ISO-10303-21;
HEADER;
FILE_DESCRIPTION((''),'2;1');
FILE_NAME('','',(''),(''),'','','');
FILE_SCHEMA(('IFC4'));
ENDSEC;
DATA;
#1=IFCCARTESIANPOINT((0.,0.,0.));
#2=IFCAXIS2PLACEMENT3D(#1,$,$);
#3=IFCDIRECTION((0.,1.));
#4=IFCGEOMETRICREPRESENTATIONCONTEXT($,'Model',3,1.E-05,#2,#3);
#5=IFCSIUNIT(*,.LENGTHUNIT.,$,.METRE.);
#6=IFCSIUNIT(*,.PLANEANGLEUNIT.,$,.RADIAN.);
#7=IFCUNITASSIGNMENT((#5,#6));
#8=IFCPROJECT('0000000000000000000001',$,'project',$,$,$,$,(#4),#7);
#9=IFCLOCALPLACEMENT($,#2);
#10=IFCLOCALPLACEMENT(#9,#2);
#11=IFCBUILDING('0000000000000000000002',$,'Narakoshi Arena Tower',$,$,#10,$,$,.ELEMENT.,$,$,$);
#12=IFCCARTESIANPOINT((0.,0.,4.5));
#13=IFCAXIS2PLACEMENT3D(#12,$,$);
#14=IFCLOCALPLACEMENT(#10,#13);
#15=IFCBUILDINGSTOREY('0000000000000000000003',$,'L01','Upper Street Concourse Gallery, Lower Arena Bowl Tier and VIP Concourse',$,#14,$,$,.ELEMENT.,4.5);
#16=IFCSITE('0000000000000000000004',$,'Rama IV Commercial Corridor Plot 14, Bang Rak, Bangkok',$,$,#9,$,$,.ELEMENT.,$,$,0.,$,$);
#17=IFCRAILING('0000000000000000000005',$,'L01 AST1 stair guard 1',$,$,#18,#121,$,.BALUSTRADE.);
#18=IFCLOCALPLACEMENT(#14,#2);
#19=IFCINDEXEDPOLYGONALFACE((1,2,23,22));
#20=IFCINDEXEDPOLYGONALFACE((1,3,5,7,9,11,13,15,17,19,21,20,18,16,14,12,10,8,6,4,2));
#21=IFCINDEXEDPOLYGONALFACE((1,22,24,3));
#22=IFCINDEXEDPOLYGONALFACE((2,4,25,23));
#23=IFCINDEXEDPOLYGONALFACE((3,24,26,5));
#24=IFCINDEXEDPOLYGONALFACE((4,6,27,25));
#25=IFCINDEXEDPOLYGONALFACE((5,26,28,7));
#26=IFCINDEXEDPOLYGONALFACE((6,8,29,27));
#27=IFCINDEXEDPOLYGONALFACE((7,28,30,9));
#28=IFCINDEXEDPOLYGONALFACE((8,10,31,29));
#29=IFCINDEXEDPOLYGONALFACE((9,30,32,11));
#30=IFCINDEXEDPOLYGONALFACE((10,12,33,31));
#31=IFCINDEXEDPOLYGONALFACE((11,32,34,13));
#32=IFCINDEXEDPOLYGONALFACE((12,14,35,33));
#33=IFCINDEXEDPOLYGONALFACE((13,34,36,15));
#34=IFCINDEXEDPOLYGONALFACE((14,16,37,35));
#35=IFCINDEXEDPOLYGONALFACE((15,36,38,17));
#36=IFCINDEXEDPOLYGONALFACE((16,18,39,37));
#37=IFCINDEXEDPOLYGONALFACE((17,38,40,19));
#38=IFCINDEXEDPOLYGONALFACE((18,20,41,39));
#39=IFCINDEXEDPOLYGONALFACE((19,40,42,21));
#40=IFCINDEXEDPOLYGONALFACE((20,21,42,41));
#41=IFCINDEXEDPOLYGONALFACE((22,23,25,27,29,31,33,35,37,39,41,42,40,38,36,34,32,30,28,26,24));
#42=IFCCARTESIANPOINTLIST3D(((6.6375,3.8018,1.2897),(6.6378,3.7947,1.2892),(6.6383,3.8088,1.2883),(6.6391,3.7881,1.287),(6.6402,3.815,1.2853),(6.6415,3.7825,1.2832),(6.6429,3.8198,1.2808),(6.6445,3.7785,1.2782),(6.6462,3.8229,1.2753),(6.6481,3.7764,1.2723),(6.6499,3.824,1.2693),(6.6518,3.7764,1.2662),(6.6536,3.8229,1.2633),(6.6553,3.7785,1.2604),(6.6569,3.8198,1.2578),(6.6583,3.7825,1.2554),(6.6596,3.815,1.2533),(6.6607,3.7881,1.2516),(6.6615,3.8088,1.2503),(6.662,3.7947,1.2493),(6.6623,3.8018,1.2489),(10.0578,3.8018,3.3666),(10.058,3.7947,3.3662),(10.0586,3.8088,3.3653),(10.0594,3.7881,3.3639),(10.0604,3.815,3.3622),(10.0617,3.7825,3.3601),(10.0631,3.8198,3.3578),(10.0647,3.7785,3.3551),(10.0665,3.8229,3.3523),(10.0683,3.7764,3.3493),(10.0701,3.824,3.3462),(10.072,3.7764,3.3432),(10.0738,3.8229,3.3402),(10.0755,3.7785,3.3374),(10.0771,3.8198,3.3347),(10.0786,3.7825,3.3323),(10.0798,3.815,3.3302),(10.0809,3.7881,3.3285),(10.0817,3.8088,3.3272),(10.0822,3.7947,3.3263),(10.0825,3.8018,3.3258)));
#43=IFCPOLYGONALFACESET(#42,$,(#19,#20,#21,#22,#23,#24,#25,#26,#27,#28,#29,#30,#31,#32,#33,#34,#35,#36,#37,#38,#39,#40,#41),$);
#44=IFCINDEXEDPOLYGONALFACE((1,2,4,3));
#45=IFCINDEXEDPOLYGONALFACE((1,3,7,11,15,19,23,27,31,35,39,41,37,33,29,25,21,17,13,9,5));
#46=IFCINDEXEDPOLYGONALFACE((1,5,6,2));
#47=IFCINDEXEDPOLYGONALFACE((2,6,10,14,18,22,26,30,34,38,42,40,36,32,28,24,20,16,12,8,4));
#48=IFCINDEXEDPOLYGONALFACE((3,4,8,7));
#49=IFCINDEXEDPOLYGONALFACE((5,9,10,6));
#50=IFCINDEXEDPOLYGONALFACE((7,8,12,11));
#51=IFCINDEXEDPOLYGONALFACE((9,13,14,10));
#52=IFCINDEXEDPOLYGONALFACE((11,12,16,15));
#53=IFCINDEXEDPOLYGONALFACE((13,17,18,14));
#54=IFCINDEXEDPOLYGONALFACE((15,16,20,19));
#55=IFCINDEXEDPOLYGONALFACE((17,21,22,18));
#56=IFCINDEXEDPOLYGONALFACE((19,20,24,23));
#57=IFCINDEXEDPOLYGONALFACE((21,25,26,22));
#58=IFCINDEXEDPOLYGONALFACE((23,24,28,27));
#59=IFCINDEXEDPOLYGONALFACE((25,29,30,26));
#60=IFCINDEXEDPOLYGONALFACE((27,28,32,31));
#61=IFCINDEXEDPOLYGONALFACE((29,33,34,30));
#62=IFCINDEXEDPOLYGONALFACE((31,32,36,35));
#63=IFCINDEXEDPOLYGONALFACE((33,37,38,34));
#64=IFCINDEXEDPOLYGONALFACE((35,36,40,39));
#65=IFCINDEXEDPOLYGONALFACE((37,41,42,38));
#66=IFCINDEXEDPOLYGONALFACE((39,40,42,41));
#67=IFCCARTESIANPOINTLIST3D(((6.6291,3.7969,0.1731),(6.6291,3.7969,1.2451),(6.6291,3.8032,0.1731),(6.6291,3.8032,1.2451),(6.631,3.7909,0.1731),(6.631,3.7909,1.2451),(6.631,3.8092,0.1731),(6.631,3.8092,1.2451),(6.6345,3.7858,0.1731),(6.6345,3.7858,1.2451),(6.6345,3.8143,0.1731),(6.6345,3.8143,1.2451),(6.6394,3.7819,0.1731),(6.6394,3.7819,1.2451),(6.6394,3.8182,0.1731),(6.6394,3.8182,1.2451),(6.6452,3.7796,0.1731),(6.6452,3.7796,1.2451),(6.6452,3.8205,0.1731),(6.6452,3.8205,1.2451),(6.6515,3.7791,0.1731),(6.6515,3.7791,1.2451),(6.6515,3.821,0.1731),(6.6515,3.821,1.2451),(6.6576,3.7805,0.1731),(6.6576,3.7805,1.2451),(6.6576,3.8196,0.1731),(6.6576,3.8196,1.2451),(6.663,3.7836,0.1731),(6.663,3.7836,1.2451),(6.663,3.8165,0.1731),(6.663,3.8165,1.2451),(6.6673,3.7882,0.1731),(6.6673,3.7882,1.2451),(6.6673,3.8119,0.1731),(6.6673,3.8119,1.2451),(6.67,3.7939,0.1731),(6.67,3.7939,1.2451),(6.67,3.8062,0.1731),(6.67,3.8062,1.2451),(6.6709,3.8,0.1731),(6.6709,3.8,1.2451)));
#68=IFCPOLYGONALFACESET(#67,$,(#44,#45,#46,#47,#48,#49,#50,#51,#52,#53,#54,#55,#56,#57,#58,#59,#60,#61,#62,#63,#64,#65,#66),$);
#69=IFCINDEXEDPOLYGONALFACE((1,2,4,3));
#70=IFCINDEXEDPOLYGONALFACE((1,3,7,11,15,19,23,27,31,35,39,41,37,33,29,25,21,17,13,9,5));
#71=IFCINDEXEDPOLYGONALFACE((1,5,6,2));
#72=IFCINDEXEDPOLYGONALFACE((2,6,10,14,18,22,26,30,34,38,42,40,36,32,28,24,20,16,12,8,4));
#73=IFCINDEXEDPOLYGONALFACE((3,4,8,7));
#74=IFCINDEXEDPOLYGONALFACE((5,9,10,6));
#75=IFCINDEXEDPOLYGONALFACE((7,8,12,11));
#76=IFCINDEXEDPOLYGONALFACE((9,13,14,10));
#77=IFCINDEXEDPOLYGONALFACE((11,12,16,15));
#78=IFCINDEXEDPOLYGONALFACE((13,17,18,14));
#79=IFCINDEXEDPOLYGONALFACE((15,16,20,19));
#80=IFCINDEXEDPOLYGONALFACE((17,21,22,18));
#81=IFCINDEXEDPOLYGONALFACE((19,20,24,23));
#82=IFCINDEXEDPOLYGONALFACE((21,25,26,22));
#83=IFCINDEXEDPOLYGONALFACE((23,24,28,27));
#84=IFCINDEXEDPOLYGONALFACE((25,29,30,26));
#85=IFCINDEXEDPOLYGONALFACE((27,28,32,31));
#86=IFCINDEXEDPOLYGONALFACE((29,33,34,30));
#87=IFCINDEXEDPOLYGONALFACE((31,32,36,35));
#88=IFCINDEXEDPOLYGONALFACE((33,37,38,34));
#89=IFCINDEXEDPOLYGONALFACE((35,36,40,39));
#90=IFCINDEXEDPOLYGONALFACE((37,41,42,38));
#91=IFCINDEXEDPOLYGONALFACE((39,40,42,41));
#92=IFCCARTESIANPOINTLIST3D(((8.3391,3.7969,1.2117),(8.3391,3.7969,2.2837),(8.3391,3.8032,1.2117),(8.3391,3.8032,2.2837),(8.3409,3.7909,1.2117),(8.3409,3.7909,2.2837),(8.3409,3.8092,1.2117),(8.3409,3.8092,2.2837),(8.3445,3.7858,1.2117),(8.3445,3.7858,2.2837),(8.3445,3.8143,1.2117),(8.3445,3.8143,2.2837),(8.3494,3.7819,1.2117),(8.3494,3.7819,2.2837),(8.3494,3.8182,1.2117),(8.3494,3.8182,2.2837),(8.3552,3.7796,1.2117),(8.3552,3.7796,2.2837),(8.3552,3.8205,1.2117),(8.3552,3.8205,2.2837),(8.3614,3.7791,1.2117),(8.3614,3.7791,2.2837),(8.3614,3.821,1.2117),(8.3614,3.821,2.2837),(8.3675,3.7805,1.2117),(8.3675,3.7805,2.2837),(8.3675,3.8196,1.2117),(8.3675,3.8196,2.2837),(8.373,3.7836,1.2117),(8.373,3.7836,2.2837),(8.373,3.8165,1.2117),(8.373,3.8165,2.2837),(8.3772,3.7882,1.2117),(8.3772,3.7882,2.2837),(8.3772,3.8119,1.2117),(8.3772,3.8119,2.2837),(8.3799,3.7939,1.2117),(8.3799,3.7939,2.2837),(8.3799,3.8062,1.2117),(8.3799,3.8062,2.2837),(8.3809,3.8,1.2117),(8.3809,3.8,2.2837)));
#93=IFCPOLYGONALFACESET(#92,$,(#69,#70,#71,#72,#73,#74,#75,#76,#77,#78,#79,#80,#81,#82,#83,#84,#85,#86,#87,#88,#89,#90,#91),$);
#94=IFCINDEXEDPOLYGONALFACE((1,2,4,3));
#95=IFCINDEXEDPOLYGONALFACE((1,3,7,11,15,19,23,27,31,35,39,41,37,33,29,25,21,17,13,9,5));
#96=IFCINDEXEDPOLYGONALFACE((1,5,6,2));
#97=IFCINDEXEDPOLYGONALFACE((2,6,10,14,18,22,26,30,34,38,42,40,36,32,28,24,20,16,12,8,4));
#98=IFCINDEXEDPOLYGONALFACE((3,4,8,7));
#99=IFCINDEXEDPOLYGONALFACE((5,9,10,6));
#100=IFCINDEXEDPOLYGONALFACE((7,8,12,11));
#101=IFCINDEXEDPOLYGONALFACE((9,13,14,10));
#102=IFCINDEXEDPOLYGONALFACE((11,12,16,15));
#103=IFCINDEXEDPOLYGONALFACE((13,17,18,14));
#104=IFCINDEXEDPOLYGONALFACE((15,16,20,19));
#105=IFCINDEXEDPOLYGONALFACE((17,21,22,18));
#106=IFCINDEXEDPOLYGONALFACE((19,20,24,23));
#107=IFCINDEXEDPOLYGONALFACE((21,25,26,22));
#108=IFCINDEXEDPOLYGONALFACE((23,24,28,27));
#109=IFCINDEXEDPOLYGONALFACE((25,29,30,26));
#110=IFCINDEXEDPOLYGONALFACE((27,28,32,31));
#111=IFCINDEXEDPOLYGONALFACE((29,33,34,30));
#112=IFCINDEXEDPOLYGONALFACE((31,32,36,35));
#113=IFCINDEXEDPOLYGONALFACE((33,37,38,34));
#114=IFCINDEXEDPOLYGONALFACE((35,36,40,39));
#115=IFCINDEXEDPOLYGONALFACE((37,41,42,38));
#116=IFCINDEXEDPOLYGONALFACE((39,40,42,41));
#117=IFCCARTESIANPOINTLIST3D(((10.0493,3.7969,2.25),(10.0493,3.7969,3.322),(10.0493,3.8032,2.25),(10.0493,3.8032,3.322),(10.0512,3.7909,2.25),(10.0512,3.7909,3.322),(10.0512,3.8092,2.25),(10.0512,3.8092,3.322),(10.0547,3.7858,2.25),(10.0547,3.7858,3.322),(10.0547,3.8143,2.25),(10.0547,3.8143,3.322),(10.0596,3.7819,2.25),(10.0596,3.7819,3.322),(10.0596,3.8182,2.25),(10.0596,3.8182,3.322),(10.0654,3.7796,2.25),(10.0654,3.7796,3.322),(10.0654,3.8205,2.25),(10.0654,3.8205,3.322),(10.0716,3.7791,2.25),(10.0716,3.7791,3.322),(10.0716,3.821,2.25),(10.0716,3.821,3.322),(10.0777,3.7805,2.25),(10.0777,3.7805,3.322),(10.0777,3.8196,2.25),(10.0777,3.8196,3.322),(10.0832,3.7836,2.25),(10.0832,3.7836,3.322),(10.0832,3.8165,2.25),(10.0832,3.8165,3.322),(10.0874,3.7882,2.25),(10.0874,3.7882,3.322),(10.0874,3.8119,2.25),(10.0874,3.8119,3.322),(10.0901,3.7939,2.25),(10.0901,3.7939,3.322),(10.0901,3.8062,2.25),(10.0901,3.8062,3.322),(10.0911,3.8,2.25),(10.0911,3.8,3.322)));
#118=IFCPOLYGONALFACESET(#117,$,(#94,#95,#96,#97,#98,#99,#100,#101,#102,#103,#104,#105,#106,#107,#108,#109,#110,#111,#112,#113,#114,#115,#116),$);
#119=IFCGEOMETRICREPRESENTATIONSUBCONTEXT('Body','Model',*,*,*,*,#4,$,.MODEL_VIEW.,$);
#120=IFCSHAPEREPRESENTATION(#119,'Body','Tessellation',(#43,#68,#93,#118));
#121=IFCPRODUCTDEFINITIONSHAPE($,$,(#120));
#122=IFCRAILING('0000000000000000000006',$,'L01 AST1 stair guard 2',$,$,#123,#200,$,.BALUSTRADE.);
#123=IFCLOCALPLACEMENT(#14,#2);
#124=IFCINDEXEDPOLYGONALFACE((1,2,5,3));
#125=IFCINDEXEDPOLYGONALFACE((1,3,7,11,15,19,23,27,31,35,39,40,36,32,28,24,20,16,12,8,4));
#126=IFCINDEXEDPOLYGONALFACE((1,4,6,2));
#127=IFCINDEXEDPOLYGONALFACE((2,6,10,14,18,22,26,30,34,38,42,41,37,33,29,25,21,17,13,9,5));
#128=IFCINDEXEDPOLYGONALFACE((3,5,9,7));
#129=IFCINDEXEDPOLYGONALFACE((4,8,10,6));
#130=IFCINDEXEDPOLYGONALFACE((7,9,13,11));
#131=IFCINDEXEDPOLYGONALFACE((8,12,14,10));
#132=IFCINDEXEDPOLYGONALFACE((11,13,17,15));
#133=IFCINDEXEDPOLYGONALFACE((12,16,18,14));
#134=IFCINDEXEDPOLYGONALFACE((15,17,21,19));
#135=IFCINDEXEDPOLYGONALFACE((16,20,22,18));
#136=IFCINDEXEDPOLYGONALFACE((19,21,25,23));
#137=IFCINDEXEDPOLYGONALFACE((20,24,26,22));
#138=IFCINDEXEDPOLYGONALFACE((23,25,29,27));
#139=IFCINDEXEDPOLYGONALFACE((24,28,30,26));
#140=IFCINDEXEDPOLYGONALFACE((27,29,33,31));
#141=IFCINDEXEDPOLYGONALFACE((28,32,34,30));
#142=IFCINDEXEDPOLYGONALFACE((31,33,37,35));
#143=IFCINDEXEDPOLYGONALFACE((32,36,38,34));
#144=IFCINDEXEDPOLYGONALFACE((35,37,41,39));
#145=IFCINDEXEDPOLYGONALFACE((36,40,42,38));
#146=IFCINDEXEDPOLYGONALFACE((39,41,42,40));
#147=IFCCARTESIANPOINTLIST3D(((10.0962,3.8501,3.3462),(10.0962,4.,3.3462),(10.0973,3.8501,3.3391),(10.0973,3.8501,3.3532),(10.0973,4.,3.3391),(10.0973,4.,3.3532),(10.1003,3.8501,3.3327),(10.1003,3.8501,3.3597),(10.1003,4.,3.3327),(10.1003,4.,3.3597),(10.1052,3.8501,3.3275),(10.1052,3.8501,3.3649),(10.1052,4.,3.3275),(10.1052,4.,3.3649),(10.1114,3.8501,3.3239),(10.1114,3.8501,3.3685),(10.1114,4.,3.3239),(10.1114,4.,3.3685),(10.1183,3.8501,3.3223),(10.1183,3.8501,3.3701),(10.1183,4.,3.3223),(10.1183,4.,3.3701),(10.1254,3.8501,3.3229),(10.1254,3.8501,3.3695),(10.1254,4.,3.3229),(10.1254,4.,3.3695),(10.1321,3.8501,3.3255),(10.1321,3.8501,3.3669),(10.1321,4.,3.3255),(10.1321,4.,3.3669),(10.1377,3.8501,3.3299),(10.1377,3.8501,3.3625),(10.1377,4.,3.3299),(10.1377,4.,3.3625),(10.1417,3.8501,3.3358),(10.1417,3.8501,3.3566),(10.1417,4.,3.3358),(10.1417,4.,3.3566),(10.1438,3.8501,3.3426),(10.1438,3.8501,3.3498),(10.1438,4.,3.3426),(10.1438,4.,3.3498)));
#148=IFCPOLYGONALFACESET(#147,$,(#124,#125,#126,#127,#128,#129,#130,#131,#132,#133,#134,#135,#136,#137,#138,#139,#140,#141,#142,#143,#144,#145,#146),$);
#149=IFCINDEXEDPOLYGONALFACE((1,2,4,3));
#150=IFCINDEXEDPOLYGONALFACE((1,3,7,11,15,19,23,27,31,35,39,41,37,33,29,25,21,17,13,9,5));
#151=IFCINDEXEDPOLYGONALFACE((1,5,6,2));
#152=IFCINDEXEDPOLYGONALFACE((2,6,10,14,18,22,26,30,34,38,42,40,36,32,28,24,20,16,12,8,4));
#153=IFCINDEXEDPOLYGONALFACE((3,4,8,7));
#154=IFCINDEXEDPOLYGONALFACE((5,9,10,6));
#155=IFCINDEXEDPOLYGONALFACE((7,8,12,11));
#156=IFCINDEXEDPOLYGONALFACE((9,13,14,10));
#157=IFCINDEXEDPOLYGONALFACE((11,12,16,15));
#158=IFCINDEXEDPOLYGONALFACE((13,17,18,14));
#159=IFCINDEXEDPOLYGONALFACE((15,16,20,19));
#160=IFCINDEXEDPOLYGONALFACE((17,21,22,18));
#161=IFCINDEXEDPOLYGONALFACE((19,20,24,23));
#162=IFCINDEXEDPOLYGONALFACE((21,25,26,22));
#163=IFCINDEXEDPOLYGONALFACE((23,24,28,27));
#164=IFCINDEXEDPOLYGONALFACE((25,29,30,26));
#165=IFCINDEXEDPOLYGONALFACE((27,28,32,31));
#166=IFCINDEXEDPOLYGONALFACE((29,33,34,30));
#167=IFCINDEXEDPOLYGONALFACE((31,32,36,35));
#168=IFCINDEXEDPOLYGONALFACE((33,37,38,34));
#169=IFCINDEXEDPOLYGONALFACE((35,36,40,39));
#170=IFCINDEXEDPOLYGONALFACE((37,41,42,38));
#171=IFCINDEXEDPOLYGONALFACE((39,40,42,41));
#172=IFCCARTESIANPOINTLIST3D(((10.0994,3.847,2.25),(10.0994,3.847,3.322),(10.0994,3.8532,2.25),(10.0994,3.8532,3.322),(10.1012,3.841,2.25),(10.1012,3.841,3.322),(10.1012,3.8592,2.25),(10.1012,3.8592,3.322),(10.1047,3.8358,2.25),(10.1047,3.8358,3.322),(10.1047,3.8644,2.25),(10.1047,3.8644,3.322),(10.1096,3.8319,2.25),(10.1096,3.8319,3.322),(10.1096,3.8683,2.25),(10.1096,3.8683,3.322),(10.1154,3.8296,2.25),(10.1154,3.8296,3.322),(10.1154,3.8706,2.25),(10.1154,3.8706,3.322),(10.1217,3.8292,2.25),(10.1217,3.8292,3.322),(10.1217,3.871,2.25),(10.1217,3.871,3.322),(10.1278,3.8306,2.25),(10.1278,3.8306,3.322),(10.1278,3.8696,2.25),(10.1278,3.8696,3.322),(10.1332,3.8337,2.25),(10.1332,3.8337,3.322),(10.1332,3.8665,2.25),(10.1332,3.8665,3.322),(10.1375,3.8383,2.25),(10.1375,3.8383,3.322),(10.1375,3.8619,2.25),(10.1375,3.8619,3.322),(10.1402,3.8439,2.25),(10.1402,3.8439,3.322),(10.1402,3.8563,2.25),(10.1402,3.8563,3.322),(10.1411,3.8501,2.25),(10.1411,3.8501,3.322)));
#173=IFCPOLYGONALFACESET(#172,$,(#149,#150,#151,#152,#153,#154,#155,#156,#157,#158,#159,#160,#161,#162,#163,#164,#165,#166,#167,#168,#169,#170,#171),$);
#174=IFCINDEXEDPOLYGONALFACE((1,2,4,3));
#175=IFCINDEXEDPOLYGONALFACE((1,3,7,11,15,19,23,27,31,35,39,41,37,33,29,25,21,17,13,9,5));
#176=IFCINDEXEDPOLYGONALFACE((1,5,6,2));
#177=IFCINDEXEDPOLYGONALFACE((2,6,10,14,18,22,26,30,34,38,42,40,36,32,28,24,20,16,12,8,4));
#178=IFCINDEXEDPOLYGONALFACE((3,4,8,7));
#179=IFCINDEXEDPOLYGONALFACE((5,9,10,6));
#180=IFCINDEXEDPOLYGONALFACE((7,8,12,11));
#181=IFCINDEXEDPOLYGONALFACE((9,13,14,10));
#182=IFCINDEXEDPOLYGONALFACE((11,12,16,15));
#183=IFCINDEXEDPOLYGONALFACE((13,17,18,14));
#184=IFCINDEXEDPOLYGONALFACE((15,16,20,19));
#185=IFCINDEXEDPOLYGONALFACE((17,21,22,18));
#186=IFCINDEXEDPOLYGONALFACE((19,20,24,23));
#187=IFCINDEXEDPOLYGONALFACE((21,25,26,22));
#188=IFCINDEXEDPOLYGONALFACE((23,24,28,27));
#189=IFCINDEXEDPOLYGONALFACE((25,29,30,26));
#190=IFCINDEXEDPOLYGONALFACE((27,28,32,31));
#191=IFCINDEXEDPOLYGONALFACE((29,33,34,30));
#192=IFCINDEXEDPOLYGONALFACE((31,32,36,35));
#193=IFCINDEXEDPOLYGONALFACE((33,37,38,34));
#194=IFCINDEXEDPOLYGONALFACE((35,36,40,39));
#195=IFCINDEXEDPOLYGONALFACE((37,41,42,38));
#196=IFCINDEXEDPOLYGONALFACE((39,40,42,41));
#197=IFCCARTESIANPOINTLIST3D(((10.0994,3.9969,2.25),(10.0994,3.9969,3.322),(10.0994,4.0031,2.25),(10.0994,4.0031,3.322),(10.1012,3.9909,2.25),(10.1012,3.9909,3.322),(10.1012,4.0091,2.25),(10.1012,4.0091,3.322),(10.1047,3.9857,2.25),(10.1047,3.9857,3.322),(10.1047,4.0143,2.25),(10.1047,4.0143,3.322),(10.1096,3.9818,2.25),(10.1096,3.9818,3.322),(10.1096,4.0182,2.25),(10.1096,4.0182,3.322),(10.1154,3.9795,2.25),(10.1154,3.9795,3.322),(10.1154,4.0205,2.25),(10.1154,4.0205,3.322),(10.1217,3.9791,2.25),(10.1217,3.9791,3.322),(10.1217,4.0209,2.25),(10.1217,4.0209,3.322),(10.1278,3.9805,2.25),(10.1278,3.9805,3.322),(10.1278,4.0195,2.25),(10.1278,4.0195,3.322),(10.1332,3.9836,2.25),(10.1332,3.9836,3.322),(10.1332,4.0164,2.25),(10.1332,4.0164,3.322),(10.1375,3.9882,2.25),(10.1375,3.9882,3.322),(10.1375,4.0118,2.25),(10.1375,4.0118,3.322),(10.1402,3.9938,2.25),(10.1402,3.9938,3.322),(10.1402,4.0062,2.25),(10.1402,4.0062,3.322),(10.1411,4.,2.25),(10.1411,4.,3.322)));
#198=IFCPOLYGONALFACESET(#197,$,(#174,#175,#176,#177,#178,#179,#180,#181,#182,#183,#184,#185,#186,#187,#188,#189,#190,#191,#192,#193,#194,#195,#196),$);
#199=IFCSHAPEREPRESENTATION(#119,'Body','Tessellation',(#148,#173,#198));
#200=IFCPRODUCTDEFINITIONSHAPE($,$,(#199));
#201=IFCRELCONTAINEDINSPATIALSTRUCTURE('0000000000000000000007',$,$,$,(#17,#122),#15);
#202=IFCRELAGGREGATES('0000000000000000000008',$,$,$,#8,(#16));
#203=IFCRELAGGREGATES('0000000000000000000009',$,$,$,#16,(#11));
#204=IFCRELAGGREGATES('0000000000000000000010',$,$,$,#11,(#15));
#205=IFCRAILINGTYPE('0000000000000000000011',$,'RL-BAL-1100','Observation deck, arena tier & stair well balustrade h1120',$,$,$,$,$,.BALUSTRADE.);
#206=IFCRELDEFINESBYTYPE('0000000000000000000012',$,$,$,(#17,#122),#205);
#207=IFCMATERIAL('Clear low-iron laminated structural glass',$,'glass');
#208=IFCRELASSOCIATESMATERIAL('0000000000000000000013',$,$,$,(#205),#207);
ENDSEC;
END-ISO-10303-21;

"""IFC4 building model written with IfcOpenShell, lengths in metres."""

from ifc_helpers import new_model, si_unit, direction, frame, origin, origin_2d, place, context, subcontext, project, spatial, circle, extrude, material, type_object, element, save


model = new_model("IFC4")

# Units and contexts
model_context = context("Model", 3, precision=1e-05, world=origin(), true_north=direction((0.0, 1.0)))
body_context = subcontext(model_context, "Body", "Model", "MODEL_VIEW")
ifc_project = project(units=[si_unit("LENGTHUNIT", "METRE"), si_unit("PLANEANGLEUNIT", "RADIAN")], contexts=[model_context])

# Site, building, storey
site_placement = place(None, origin())
site = spatial("IfcSite", under=ifc_project, at=site_placement, Name="Rama IV Commercial Corridor Plot 14, Bang Rak, Bangkok", CompositionType="ELEMENT", RefElevation=0.0)
building_placement = place(site_placement, origin())
building = spatial("IfcBuilding", under=site, at=building_placement, Name="Narakoshi Arena Tower", CompositionType="ELEMENT")
storey_placement = place(building_placement, frame((0.0, 0.0, 4.5)))
storey = spatial("IfcBuildingStorey", under=building, at=storey_placement, Name="L01", Description="Upper Street Concourse Gallery, Lower Arena Bowl Tier and VIP Concourse", CompositionType="ELEMENT", Elevation=4.5)

# Railings
ifc_material_1 = material(Name="Clear low-iron laminated structural glass", Category="glass")
railing_type_1 = type_object("IfcRailingType", Name="RL-BAL-1100", Description="Observation deck, arena tier & stair well balustrade h1120", PredefinedType="BALUSTRADE", material=ifc_material_1)
railing_1_placement = place(storey_placement, frame((6.6499, 3.8, 0.1731)))
element("IfcRailing", 1, at=railing_1_placement, inside=storey, type_object=railing_type_1, Name="L01 AST1 stair guard 1", PredefinedType="BALUSTRADE", context=body_context, shape_type="SweptSolid", body=[
    extrude(circle(Radius=0.0239, at=origin_2d()), frame((0.0, 0.0, 1.0962), z_axis=(0.854746, 0.0, 0.519047), x_axis=(0.0, 1.0, 0.0)), (0.0, 0.0, 1.0), 4.0015),
    extrude(circle(Radius=0.021, at=origin_2d()), origin(), (0.0, 0.0, 1.0), 1.072),
    extrude(circle(Radius=0.021, at=origin_2d()), frame((1.71, 0.0, 1.0386)), (0.0, 0.0, 1.0), 1.072),
    extrude(circle(Radius=0.021, at=origin_2d()), frame((3.4202, 0.0, 2.0769)), (0.0, 0.0, 1.0), 1.072),
])
railing_2_placement = place(storey_placement, frame((10.1201, 3.8501, 2.25)))
element("IfcRailing", 2, at=railing_2_placement, inside=storey, type_object=railing_type_1, Name="L01 AST1 stair guard 2", PredefinedType="BALUSTRADE", context=body_context, shape_type="SweptSolid", body=[
    extrude(circle(Radius=0.0239, at=origin_2d()), frame((0.0, 0.0, 1.0962), z_axis=(0.0, 1.0, 0.0), x_axis=(-1.0, 0.0, 0.0)), (0.0, 0.0, 1.0), 0.1499),
    extrude(circle(Radius=0.021, at=origin_2d()), origin(), (0.0, 0.0, 1.0), 1.072),
    extrude(circle(Radius=0.021, at=origin_2d()), frame((0.0, 0.1499, 0.0)), (0.0, 0.0, 1.0), 1.072),
])

save(model, "model.ifc")
